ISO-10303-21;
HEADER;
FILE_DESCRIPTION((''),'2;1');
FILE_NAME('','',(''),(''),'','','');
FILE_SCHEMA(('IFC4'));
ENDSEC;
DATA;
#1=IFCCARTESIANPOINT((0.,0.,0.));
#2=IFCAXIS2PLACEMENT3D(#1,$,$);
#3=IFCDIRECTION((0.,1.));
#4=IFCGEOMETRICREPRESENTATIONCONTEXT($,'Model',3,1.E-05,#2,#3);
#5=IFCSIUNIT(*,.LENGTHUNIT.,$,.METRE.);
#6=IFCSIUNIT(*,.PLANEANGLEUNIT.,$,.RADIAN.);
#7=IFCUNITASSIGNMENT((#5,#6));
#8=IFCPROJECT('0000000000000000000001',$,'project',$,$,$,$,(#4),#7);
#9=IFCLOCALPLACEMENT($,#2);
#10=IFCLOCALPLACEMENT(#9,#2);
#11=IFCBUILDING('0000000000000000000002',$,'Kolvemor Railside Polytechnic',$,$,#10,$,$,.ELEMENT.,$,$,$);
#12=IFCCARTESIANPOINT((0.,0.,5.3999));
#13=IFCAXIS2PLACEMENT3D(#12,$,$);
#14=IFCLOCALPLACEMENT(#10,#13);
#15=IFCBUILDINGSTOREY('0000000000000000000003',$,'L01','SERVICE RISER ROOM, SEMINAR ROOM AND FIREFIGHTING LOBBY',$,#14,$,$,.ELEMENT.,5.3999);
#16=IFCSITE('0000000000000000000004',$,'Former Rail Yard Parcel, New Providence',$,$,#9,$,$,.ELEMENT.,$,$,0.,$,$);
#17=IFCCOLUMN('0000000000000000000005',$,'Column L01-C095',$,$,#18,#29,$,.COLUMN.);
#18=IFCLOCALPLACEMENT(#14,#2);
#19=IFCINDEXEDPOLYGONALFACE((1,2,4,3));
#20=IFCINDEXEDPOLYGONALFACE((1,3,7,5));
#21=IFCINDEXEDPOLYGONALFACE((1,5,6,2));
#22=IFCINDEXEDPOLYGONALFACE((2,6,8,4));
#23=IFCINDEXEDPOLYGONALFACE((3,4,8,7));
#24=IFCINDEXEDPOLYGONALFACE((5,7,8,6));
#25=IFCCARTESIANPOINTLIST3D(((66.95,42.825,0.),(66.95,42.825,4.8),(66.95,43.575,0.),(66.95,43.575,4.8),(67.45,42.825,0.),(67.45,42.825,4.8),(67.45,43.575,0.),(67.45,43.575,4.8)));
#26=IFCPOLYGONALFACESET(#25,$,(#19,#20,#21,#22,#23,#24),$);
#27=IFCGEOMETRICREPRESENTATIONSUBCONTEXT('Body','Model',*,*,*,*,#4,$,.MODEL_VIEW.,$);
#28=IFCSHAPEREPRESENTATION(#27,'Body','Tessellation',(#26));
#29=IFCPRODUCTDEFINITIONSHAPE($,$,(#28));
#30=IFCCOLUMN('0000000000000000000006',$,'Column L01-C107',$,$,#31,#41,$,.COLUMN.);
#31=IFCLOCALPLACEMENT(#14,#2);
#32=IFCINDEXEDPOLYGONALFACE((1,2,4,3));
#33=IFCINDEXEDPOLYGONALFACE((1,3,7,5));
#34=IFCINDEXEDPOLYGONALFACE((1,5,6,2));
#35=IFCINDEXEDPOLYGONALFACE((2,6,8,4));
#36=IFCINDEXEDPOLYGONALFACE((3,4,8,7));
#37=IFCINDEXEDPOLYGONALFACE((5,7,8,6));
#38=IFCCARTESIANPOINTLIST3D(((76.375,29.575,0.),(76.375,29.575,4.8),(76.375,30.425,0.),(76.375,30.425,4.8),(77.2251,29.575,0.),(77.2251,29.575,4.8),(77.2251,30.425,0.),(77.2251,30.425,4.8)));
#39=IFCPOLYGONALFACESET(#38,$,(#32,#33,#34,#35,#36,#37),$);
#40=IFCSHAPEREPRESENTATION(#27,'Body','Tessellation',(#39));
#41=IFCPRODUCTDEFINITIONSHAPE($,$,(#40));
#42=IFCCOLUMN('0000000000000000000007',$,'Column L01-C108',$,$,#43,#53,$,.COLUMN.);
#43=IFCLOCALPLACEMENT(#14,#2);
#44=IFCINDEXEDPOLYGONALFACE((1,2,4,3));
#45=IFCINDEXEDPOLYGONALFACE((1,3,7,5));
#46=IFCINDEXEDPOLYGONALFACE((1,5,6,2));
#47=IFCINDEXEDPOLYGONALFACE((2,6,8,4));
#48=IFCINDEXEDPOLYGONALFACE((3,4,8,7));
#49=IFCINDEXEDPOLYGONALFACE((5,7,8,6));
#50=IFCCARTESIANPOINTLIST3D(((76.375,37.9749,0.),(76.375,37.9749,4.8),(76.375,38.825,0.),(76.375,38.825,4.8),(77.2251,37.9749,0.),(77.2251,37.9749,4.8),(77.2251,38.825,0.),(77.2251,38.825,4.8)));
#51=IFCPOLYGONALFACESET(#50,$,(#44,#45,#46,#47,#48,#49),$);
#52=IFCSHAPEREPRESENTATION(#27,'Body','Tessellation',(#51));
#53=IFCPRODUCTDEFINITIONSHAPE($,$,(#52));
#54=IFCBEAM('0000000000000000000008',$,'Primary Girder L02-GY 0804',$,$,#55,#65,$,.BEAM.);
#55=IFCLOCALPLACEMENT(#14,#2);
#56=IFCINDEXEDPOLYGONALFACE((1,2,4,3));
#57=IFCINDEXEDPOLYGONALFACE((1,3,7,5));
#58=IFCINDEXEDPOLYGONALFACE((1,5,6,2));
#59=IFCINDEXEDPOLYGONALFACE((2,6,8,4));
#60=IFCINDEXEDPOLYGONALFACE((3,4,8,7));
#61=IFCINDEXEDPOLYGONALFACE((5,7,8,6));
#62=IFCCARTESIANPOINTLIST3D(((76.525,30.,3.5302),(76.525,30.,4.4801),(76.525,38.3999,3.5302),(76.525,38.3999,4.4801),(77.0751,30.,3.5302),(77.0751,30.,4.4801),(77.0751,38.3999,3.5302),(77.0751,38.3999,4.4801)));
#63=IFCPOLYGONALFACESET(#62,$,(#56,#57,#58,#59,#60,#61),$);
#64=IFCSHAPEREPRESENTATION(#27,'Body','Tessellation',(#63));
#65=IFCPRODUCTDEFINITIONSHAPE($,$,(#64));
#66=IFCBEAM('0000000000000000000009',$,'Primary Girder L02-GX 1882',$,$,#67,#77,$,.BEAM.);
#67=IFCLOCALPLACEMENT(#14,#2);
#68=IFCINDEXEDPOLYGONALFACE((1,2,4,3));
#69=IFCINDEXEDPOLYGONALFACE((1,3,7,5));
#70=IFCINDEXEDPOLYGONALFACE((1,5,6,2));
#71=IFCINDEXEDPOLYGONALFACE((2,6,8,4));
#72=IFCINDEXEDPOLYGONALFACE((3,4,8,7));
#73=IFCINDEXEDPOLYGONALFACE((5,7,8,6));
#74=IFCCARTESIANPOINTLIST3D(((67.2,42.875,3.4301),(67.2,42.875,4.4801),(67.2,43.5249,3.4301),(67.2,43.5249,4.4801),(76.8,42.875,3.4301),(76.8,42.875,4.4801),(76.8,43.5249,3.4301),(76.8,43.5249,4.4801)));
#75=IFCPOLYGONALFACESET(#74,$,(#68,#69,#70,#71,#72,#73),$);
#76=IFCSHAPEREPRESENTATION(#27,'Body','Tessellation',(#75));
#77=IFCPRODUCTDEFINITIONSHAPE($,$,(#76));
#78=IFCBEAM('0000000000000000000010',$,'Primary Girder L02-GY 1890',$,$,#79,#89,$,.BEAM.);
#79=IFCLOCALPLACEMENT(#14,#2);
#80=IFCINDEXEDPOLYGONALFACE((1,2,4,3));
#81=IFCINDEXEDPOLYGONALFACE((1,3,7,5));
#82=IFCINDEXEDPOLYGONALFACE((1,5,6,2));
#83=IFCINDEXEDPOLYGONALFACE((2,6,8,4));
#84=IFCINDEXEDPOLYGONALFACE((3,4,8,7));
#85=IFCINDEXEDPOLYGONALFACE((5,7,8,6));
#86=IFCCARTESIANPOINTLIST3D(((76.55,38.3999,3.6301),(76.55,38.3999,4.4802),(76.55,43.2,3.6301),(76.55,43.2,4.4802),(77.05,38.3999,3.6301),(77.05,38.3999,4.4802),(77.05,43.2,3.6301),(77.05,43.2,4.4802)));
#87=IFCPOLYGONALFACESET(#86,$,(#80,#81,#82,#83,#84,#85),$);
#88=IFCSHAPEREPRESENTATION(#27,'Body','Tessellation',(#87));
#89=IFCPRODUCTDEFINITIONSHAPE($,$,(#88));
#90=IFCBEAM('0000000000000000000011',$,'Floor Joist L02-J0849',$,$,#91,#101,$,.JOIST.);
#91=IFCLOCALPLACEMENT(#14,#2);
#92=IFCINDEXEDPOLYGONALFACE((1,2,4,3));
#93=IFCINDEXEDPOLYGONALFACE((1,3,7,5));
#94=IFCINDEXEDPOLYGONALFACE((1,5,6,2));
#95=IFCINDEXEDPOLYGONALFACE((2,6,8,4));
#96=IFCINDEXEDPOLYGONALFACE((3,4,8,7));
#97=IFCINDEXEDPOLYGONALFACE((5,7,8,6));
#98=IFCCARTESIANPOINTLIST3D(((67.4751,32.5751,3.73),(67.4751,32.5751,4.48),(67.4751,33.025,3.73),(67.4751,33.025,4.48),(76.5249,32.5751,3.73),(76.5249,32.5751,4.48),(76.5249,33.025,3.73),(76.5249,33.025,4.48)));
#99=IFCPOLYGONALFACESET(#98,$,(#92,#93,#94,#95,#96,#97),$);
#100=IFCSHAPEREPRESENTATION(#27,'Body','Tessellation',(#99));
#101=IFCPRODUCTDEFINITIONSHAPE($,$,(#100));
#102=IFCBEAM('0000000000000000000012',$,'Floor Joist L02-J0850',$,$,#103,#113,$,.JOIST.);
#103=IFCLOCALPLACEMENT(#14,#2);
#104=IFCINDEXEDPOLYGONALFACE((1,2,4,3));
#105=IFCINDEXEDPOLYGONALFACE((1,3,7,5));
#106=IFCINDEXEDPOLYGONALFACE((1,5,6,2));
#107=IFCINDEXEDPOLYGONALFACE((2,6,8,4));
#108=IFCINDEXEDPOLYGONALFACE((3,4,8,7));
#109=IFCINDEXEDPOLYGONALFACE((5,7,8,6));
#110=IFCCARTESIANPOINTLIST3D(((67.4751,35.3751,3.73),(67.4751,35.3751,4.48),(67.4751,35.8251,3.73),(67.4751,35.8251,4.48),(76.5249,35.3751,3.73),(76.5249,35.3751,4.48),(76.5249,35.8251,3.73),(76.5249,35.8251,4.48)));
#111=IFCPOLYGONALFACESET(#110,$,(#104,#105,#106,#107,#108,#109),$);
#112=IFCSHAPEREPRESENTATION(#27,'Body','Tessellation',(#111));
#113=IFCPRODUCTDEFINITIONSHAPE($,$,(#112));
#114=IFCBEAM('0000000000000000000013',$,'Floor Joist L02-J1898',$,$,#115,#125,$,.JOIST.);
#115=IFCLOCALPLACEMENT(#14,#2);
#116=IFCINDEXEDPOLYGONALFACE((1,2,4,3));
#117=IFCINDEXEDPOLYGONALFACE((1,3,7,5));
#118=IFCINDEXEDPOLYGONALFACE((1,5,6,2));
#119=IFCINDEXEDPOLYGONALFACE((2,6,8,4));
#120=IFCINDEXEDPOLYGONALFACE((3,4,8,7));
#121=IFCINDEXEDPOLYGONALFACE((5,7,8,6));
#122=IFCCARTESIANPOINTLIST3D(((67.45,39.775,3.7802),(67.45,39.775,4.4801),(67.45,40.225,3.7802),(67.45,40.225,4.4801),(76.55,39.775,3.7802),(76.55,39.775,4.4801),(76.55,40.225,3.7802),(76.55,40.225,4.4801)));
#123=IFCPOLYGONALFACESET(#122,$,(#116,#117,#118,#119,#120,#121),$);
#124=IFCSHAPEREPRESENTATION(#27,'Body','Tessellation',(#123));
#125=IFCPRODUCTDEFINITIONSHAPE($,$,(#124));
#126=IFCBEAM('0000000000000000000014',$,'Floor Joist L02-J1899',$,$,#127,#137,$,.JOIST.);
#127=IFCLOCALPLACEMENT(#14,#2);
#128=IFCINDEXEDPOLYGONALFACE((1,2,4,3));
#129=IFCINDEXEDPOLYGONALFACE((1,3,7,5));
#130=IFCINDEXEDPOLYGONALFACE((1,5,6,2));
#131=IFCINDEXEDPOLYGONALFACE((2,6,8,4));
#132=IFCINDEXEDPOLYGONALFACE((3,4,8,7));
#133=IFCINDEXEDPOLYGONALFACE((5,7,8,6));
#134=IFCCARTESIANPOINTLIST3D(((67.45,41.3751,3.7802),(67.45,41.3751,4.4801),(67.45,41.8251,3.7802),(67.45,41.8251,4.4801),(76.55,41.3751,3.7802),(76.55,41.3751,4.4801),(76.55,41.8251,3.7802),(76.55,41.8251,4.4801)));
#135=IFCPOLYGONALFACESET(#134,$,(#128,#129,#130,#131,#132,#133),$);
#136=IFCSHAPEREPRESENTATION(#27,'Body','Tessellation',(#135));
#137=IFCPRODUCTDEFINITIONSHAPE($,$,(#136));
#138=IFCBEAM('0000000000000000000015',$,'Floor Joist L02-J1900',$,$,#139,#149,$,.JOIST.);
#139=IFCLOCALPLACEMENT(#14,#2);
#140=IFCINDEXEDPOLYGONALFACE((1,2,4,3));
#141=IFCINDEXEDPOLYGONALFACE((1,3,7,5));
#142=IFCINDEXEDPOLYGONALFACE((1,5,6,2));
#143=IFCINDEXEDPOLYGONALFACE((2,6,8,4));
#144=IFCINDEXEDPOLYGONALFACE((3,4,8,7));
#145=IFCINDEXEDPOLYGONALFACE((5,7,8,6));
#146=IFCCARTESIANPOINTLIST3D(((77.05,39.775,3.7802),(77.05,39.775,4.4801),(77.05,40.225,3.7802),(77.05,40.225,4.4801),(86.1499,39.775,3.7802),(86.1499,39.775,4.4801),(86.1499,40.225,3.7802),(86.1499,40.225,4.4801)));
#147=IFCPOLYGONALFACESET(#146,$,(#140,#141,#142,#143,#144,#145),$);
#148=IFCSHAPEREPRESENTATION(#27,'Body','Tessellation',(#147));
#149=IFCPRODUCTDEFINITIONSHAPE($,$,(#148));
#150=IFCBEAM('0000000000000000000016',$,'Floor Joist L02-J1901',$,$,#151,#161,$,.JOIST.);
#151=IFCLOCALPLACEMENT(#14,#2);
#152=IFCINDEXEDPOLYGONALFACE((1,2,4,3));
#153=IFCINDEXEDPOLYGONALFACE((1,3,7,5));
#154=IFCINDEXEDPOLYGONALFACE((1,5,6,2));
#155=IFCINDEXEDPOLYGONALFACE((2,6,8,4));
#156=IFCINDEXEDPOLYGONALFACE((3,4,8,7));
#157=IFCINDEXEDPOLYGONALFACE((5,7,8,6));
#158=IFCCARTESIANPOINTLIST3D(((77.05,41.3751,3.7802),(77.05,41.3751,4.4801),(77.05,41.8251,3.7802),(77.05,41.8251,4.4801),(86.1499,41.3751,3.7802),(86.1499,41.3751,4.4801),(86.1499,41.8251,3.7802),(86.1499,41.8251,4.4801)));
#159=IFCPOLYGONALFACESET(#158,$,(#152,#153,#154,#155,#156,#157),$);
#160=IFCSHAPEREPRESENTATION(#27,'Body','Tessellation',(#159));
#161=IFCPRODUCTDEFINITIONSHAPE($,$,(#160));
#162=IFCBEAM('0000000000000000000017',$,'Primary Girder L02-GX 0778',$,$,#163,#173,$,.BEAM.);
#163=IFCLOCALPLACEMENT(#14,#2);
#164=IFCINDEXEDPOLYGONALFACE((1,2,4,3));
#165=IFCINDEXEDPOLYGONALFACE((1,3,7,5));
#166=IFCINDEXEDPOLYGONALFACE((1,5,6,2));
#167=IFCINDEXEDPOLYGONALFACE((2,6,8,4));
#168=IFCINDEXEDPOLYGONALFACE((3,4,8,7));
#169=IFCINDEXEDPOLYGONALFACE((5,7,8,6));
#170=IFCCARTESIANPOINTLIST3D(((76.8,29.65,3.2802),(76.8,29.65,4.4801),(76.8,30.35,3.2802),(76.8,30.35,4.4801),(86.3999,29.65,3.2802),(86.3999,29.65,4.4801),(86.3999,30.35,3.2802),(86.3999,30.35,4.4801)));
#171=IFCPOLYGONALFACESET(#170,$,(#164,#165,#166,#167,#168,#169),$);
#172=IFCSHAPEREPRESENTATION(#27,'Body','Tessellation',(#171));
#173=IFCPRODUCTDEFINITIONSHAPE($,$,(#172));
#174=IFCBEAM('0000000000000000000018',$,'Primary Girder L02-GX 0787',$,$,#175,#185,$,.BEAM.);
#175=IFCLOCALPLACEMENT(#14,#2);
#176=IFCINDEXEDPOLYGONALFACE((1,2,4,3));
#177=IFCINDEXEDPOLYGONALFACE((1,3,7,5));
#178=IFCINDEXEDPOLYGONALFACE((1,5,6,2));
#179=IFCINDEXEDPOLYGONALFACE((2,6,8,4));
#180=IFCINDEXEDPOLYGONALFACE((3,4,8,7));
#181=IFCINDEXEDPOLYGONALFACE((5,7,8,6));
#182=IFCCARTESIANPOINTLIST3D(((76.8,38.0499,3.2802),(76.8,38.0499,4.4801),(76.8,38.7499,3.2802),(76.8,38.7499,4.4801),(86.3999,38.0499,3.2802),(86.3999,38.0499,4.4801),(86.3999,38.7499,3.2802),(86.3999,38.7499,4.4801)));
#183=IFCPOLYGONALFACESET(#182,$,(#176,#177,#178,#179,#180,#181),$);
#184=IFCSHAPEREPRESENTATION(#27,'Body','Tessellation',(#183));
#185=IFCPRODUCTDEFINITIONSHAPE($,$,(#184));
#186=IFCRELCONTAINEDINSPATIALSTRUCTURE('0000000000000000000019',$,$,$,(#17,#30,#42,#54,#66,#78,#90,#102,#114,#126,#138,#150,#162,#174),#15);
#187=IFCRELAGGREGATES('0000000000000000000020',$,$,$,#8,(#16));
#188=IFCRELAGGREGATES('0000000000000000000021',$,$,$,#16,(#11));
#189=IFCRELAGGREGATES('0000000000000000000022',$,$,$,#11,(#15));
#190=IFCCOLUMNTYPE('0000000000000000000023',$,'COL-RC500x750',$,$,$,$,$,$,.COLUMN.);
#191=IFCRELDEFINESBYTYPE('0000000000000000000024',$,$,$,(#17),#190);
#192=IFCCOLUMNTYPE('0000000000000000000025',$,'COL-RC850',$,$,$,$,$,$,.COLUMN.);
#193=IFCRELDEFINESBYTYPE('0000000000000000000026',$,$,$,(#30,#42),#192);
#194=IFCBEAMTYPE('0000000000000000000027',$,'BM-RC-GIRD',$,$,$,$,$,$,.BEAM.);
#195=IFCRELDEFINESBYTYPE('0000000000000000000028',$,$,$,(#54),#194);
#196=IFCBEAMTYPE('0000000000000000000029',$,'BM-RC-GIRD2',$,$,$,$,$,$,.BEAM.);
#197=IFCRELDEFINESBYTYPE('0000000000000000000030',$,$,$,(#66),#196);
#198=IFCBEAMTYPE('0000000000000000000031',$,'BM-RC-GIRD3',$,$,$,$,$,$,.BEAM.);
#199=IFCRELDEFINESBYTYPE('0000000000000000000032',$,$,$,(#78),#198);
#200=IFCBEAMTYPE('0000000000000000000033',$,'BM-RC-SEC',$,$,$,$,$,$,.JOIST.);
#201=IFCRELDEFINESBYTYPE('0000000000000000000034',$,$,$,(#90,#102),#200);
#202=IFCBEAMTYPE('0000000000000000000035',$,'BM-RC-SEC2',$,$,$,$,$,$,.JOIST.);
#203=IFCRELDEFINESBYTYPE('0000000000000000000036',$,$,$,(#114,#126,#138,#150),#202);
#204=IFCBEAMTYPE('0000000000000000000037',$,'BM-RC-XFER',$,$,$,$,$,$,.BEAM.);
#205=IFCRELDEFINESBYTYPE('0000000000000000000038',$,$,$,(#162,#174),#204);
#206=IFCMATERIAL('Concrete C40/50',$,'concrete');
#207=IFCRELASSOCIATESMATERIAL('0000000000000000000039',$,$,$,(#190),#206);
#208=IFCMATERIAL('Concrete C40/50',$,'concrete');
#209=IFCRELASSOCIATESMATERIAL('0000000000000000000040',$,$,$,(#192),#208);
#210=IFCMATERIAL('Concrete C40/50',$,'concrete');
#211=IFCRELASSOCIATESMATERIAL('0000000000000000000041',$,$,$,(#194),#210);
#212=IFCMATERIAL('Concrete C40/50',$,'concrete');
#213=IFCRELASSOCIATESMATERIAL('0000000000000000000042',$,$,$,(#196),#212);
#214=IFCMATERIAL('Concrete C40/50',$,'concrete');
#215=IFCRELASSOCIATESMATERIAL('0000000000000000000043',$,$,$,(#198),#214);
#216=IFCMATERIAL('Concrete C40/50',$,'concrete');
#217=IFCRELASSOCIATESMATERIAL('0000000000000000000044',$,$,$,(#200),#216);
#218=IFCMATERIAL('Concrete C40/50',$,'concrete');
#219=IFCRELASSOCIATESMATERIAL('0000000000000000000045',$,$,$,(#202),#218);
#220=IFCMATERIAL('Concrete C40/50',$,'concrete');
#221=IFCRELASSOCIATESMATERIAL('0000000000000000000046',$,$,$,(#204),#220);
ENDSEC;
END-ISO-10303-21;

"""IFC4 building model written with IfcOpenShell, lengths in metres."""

from ifc_helpers import new_model, si_unit, direction, frame, origin, origin_2d, place, context, subcontext, project, spatial, rectangle, extrude, material, material_profile, profile_set, type_object, element, save


model = new_model("IFC4")

# Units and contexts
model_context = context("Model", 3, precision=1e-05, world=origin(), true_north=direction((0.0, 1.0)))
body_context = subcontext(model_context, "Body", "Model", "MODEL_VIEW")
ifc_project = project(units=[si_unit("LENGTHUNIT", "METRE"), si_unit("PLANEANGLEUNIT", "RADIAN")], contexts=[model_context])

# Site, building, storey
site_placement = place(None, origin())
site = spatial("IfcSite", under=ifc_project, at=site_placement, Name="Former Rail Yard Parcel, New Providence", CompositionType="ELEMENT", RefElevation=0.0)
building_placement = place(site_placement, origin())
building = spatial("IfcBuilding", under=site, at=building_placement, Name="Kolvemor Railside Polytechnic", CompositionType="ELEMENT")
storey_placement = place(building_placement, frame((0.0, 0.0, 5.3999)))
storey = spatial("IfcBuildingStorey", under=building, at=storey_placement, Name="L01", Description="SERVICE RISER ROOM, SEMINAR ROOM AND FIREFIGHTING LOBBY", CompositionType="ELEMENT", Elevation=5.3999)

# Columns
ifc_material_1 = material(Name="Concrete C40/50", Category="concrete")
ifc_material_profile_1 = material_profile(ifc_material_1, rectangle(XDim=0.5, YDim=0.75, at=origin_2d()), Name="RC500x750")
ifc_profile_set_1 = profile_set([ifc_material_profile_1], Name="Concrete C40/50")
column_type_1 = type_object("IfcColumnType", Name="COL-RC500x750", PredefinedType="COLUMN", material=ifc_profile_set_1)
column_placement = place(storey_placement, frame((67.2, 43.2, 0.0), z_axis=(0.0, 0.0, 1.0), x_axis=(1.0, 0.0, 0.0)))
element("IfcColumn", 1, at=column_placement, inside=storey, type_object=column_type_1, Name="Column L01-C095", PredefinedType="COLUMN", context=body_context, shape_type="SweptSolid", body=[
    extrude(rectangle(XDim=0.5, YDim=0.75, at=origin_2d()), origin(), (0.0, 0.0, 1.0), 4.8),
])
ifc_material_2 = material(Name="Concrete C40/50", Category="concrete")
ifc_material_profile_2 = material_profile(ifc_material_2, rectangle(XDim=0.8501, YDim=0.8501, at=origin_2d()), Name="RC850x850")
ifc_profile_set_2 = profile_set([ifc_material_profile_2], Name="Concrete C40/50")
column_type_2 = type_object("IfcColumnType", Name="COL-RC850", PredefinedType="COLUMN", material=ifc_profile_set_2)
for number, where, z_axis, x_axis, name in (
    (2, (76.8, 30.0, 0.0), (0.0, 0.0, 1.0), (1.0, 0.0, 0.0), "Column L01-C107"),
    (3, (76.8, 38.3999, 0.0), (0.0, 0.0, 1.0), (1.0, 0.0, 0.0), "Column L01-C108"),
):
    element("IfcColumn", number, at=place(storey_placement, frame(where, z_axis=z_axis, x_axis=x_axis)), inside=storey, type_object=column_type_2, Name=name, PredefinedType="COLUMN", context=body_context, shape_type="SweptSolid", body=[
        extrude(rectangle(XDim=0.8501, YDim=0.8501, at=origin_2d()), origin(), (0.0, 0.0, 1.0), 4.8),
    ])

# Beams
ifc_material_3 = material(Name="Concrete C40/50", Category="concrete")
ifc_material_profile_3 = material_profile(ifc_material_3, rectangle(XDim=0.55, YDim=0.95, at=origin_2d()), Name="RC550x950")
ifc_profile_set_3 = profile_set([ifc_material_profile_3], Name="Concrete C40/50")
beam_type_1 = type_object("IfcBeamType", Name="BM-RC-GIRD", PredefinedType="BEAM", material=ifc_profile_set_3)
beam_1_placement = place(storey_placement, frame((76.8, 30.0, 4.0051), z_axis=(0.0, 1.0, 0.0), x_axis=(-1.0, 0.0, 0.0)))
element("IfcBeam", 4, at=beam_1_placement, inside=storey, type_object=beam_type_1, Name="Primary Girder L02-GY 0804", PredefinedType="BEAM", context=body_context, shape_type="SweptSolid", body=[
    extrude(rectangle(XDim=0.55, YDim=0.95, at=origin_2d()), origin(), (0.0, 0.0, 1.0), 8.3999),
])
ifc_material_4 = material(Name="Concrete C40/50", Category="concrete")
ifc_material_profile_4 = material_profile(ifc_material_4, rectangle(XDim=0.6499, YDim=1.05, at=origin_2d()), Name="RC650x1050")
ifc_profile_set_4 = profile_set([ifc_material_profile_4], Name="Concrete C40/50")
beam_type_2 = type_object("IfcBeamType", Name="BM-RC-GIRD2", PredefinedType="BEAM", material=ifc_profile_set_4)
beam_2_placement = place(storey_placement, frame((67.2, 43.2, 3.9551), z_axis=(1.0, 0.0, 0.0), x_axis=(0.0, 1.0, 0.0)))
element("IfcBeam", 5, at=beam_2_placement, inside=storey, type_object=beam_type_2, Name="Primary Girder L02-GX 1882", PredefinedType="BEAM", context=body_context, shape_type="SweptSolid", body=[
    extrude(rectangle(XDim=0.6499, YDim=1.05, at=origin_2d()), origin(), (0.0, 0.0, 1.0), 9.6001),
])
ifc_material_5 = material(Name="Concrete C40/50", Category="concrete")
ifc_material_profile_5 = material_profile(ifc_material_5, rectangle(XDim=0.5, YDim=0.8501, at=origin_2d()), Name="RC500x850")
ifc_profile_set_5 = profile_set([ifc_material_profile_5], Name="Concrete C40/50")
beam_type_3 = type_object("IfcBeamType", Name="BM-RC-GIRD3", PredefinedType="BEAM", material=ifc_profile_set_5)
beam_3_placement = place(storey_placement, frame((76.8, 38.3999, 4.0552), z_axis=(0.0, 1.0, 0.0), x_axis=(-1.0, 0.0, 0.0)))
element("IfcBeam", 6, at=beam_3_placement, inside=storey, type_object=beam_type_3, Name="Primary Girder L02-GY 1890", PredefinedType="BEAM", context=body_context, shape_type="SweptSolid", body=[
    extrude(rectangle(XDim=0.5, YDim=0.8501, at=origin_2d()), origin(), (0.0, 0.0, 1.0), 4.8),
])
ifc_material_6 = material(Name="Concrete C40/50", Category="concrete")
ifc_material_profile_6 = material_profile(ifc_material_6, rectangle(XDim=0.45, YDim=0.75, at=origin_2d()), Name="RC450x750")
ifc_profile_set_6 = profile_set([ifc_material_profile_6], Name="Concrete C40/50")
beam_type_4 = type_object("IfcBeamType", Name="BM-RC-SEC", PredefinedType="JOIST", material=ifc_profile_set_6)
for number, where, z_axis, x_axis, name in (
    (7, (67.4751, 32.8, 4.105), (1.0, 0.0, 0.0), (0.0, 1.0, 0.0), "Floor Joist L02-J0849"),
    (8, (67.4751, 35.6001, 4.105), (1.0, 0.0, 0.0), (0.0, 1.0, 0.0), "Floor Joist L02-J0850"),
):
    element("IfcBeam", number, at=place(storey_placement, frame(where, z_axis=z_axis, x_axis=x_axis)), inside=storey, type_object=beam_type_4, Name=name, PredefinedType="JOIST", context=body_context, shape_type="SweptSolid", body=[
        extrude(rectangle(XDim=0.45, YDim=0.75, at=origin_2d()), origin(), (0.0, 0.0, 1.0), 9.0498),
    ])
ifc_material_7 = material(Name="Concrete C40/50", Category="concrete")
ifc_material_profile_7 = material_profile(ifc_material_7, rectangle(XDim=0.45, YDim=0.7, at=origin_2d()), Name="RC450x700")
ifc_profile_set_7 = profile_set([ifc_material_profile_7], Name="Concrete C40/50")
beam_type_5 = type_object("IfcBeamType", Name="BM-RC-SEC2", PredefinedType="JOIST", material=ifc_profile_set_7)
for number, where, z_axis, x_axis, name in (
    (9, (67.45, 40.0, 4.1301), (1.0, 0.0, 0.0), (0.0, 1.0, 0.0), "Floor Joist L02-J1898"),
    (10, (67.45, 41.6001, 4.1301), (1.0, 0.0, 0.0), (0.0, 1.0, 0.0), "Floor Joist L02-J1899"),
):
    element("IfcBeam", number, at=place(storey_placement, frame(where, z_axis=z_axis, x_axis=x_axis)), inside=storey, type_object=beam_type_5, Name=name, PredefinedType="JOIST", context=body_context, shape_type="SweptSolid", body=[
        extrude(rectangle(XDim=0.45, YDim=0.7, at=origin_2d()), origin(), (0.0, 0.0, 1.0), 9.1001),
    ])
for number, where, z_axis, x_axis, name in (
    (11, (77.05, 40.0, 4.1301), (1.0, 0.0, 0.0), (0.0, 1.0, 0.0), "Floor Joist L02-J1900"),
    (12, (77.05, 41.6001, 4.1301), (1.0, 0.0, 0.0), (0.0, 1.0, 0.0), "Floor Joist L02-J1901"),
):
    element("IfcBeam", number, at=place(storey_placement, frame(where, z_axis=z_axis, x_axis=x_axis)), inside=storey, type_object=beam_type_5, Name=name, PredefinedType="JOIST", context=body_context, shape_type="SweptSolid", body=[
        extrude(rectangle(XDim=0.45, YDim=0.7, at=origin_2d()), origin(), (0.0, 0.0, 1.0), 9.0999),
    ])
ifc_material_8 = material(Name="Concrete C40/50", Category="concrete")
ifc_material_profile_8 = material_profile(ifc_material_8, rectangle(XDim=0.7, YDim=1.2, at=origin_2d()), Name="RC700x1200")
ifc_profile_set_8 = profile_set([ifc_material_profile_8], Name="Concrete C40/50")
beam_type_6 = type_object("IfcBeamType", Name="BM-RC-XFER", PredefinedType="BEAM", material=ifc_profile_set_8)
for number, where, z_axis, x_axis, name in (
    (13, (76.8, 30.0, 3.8801), (1.0, 0.0, 0.0), (0.0, 1.0, 0.0), "Primary Girder L02-GX 0778"),
    (14, (76.8, 38.3999, 3.8801), (1.0, 0.0, 0.0), (0.0, 1.0, 0.0), "Primary Girder L02-GX 0787"),
):
    element("IfcBeam", number, at=place(storey_placement, frame(where, z_axis=z_axis, x_axis=x_axis)), inside=storey, type_object=beam_type_6, Name=name, PredefinedType="BEAM", context=body_context, shape_type="SweptSolid", body=[
        extrude(rectangle(XDim=0.7, YDim=1.2, at=origin_2d()), origin(), (0.0, 0.0, 1.0), 9.5999),
    ])

save(model, "model.ifc")
